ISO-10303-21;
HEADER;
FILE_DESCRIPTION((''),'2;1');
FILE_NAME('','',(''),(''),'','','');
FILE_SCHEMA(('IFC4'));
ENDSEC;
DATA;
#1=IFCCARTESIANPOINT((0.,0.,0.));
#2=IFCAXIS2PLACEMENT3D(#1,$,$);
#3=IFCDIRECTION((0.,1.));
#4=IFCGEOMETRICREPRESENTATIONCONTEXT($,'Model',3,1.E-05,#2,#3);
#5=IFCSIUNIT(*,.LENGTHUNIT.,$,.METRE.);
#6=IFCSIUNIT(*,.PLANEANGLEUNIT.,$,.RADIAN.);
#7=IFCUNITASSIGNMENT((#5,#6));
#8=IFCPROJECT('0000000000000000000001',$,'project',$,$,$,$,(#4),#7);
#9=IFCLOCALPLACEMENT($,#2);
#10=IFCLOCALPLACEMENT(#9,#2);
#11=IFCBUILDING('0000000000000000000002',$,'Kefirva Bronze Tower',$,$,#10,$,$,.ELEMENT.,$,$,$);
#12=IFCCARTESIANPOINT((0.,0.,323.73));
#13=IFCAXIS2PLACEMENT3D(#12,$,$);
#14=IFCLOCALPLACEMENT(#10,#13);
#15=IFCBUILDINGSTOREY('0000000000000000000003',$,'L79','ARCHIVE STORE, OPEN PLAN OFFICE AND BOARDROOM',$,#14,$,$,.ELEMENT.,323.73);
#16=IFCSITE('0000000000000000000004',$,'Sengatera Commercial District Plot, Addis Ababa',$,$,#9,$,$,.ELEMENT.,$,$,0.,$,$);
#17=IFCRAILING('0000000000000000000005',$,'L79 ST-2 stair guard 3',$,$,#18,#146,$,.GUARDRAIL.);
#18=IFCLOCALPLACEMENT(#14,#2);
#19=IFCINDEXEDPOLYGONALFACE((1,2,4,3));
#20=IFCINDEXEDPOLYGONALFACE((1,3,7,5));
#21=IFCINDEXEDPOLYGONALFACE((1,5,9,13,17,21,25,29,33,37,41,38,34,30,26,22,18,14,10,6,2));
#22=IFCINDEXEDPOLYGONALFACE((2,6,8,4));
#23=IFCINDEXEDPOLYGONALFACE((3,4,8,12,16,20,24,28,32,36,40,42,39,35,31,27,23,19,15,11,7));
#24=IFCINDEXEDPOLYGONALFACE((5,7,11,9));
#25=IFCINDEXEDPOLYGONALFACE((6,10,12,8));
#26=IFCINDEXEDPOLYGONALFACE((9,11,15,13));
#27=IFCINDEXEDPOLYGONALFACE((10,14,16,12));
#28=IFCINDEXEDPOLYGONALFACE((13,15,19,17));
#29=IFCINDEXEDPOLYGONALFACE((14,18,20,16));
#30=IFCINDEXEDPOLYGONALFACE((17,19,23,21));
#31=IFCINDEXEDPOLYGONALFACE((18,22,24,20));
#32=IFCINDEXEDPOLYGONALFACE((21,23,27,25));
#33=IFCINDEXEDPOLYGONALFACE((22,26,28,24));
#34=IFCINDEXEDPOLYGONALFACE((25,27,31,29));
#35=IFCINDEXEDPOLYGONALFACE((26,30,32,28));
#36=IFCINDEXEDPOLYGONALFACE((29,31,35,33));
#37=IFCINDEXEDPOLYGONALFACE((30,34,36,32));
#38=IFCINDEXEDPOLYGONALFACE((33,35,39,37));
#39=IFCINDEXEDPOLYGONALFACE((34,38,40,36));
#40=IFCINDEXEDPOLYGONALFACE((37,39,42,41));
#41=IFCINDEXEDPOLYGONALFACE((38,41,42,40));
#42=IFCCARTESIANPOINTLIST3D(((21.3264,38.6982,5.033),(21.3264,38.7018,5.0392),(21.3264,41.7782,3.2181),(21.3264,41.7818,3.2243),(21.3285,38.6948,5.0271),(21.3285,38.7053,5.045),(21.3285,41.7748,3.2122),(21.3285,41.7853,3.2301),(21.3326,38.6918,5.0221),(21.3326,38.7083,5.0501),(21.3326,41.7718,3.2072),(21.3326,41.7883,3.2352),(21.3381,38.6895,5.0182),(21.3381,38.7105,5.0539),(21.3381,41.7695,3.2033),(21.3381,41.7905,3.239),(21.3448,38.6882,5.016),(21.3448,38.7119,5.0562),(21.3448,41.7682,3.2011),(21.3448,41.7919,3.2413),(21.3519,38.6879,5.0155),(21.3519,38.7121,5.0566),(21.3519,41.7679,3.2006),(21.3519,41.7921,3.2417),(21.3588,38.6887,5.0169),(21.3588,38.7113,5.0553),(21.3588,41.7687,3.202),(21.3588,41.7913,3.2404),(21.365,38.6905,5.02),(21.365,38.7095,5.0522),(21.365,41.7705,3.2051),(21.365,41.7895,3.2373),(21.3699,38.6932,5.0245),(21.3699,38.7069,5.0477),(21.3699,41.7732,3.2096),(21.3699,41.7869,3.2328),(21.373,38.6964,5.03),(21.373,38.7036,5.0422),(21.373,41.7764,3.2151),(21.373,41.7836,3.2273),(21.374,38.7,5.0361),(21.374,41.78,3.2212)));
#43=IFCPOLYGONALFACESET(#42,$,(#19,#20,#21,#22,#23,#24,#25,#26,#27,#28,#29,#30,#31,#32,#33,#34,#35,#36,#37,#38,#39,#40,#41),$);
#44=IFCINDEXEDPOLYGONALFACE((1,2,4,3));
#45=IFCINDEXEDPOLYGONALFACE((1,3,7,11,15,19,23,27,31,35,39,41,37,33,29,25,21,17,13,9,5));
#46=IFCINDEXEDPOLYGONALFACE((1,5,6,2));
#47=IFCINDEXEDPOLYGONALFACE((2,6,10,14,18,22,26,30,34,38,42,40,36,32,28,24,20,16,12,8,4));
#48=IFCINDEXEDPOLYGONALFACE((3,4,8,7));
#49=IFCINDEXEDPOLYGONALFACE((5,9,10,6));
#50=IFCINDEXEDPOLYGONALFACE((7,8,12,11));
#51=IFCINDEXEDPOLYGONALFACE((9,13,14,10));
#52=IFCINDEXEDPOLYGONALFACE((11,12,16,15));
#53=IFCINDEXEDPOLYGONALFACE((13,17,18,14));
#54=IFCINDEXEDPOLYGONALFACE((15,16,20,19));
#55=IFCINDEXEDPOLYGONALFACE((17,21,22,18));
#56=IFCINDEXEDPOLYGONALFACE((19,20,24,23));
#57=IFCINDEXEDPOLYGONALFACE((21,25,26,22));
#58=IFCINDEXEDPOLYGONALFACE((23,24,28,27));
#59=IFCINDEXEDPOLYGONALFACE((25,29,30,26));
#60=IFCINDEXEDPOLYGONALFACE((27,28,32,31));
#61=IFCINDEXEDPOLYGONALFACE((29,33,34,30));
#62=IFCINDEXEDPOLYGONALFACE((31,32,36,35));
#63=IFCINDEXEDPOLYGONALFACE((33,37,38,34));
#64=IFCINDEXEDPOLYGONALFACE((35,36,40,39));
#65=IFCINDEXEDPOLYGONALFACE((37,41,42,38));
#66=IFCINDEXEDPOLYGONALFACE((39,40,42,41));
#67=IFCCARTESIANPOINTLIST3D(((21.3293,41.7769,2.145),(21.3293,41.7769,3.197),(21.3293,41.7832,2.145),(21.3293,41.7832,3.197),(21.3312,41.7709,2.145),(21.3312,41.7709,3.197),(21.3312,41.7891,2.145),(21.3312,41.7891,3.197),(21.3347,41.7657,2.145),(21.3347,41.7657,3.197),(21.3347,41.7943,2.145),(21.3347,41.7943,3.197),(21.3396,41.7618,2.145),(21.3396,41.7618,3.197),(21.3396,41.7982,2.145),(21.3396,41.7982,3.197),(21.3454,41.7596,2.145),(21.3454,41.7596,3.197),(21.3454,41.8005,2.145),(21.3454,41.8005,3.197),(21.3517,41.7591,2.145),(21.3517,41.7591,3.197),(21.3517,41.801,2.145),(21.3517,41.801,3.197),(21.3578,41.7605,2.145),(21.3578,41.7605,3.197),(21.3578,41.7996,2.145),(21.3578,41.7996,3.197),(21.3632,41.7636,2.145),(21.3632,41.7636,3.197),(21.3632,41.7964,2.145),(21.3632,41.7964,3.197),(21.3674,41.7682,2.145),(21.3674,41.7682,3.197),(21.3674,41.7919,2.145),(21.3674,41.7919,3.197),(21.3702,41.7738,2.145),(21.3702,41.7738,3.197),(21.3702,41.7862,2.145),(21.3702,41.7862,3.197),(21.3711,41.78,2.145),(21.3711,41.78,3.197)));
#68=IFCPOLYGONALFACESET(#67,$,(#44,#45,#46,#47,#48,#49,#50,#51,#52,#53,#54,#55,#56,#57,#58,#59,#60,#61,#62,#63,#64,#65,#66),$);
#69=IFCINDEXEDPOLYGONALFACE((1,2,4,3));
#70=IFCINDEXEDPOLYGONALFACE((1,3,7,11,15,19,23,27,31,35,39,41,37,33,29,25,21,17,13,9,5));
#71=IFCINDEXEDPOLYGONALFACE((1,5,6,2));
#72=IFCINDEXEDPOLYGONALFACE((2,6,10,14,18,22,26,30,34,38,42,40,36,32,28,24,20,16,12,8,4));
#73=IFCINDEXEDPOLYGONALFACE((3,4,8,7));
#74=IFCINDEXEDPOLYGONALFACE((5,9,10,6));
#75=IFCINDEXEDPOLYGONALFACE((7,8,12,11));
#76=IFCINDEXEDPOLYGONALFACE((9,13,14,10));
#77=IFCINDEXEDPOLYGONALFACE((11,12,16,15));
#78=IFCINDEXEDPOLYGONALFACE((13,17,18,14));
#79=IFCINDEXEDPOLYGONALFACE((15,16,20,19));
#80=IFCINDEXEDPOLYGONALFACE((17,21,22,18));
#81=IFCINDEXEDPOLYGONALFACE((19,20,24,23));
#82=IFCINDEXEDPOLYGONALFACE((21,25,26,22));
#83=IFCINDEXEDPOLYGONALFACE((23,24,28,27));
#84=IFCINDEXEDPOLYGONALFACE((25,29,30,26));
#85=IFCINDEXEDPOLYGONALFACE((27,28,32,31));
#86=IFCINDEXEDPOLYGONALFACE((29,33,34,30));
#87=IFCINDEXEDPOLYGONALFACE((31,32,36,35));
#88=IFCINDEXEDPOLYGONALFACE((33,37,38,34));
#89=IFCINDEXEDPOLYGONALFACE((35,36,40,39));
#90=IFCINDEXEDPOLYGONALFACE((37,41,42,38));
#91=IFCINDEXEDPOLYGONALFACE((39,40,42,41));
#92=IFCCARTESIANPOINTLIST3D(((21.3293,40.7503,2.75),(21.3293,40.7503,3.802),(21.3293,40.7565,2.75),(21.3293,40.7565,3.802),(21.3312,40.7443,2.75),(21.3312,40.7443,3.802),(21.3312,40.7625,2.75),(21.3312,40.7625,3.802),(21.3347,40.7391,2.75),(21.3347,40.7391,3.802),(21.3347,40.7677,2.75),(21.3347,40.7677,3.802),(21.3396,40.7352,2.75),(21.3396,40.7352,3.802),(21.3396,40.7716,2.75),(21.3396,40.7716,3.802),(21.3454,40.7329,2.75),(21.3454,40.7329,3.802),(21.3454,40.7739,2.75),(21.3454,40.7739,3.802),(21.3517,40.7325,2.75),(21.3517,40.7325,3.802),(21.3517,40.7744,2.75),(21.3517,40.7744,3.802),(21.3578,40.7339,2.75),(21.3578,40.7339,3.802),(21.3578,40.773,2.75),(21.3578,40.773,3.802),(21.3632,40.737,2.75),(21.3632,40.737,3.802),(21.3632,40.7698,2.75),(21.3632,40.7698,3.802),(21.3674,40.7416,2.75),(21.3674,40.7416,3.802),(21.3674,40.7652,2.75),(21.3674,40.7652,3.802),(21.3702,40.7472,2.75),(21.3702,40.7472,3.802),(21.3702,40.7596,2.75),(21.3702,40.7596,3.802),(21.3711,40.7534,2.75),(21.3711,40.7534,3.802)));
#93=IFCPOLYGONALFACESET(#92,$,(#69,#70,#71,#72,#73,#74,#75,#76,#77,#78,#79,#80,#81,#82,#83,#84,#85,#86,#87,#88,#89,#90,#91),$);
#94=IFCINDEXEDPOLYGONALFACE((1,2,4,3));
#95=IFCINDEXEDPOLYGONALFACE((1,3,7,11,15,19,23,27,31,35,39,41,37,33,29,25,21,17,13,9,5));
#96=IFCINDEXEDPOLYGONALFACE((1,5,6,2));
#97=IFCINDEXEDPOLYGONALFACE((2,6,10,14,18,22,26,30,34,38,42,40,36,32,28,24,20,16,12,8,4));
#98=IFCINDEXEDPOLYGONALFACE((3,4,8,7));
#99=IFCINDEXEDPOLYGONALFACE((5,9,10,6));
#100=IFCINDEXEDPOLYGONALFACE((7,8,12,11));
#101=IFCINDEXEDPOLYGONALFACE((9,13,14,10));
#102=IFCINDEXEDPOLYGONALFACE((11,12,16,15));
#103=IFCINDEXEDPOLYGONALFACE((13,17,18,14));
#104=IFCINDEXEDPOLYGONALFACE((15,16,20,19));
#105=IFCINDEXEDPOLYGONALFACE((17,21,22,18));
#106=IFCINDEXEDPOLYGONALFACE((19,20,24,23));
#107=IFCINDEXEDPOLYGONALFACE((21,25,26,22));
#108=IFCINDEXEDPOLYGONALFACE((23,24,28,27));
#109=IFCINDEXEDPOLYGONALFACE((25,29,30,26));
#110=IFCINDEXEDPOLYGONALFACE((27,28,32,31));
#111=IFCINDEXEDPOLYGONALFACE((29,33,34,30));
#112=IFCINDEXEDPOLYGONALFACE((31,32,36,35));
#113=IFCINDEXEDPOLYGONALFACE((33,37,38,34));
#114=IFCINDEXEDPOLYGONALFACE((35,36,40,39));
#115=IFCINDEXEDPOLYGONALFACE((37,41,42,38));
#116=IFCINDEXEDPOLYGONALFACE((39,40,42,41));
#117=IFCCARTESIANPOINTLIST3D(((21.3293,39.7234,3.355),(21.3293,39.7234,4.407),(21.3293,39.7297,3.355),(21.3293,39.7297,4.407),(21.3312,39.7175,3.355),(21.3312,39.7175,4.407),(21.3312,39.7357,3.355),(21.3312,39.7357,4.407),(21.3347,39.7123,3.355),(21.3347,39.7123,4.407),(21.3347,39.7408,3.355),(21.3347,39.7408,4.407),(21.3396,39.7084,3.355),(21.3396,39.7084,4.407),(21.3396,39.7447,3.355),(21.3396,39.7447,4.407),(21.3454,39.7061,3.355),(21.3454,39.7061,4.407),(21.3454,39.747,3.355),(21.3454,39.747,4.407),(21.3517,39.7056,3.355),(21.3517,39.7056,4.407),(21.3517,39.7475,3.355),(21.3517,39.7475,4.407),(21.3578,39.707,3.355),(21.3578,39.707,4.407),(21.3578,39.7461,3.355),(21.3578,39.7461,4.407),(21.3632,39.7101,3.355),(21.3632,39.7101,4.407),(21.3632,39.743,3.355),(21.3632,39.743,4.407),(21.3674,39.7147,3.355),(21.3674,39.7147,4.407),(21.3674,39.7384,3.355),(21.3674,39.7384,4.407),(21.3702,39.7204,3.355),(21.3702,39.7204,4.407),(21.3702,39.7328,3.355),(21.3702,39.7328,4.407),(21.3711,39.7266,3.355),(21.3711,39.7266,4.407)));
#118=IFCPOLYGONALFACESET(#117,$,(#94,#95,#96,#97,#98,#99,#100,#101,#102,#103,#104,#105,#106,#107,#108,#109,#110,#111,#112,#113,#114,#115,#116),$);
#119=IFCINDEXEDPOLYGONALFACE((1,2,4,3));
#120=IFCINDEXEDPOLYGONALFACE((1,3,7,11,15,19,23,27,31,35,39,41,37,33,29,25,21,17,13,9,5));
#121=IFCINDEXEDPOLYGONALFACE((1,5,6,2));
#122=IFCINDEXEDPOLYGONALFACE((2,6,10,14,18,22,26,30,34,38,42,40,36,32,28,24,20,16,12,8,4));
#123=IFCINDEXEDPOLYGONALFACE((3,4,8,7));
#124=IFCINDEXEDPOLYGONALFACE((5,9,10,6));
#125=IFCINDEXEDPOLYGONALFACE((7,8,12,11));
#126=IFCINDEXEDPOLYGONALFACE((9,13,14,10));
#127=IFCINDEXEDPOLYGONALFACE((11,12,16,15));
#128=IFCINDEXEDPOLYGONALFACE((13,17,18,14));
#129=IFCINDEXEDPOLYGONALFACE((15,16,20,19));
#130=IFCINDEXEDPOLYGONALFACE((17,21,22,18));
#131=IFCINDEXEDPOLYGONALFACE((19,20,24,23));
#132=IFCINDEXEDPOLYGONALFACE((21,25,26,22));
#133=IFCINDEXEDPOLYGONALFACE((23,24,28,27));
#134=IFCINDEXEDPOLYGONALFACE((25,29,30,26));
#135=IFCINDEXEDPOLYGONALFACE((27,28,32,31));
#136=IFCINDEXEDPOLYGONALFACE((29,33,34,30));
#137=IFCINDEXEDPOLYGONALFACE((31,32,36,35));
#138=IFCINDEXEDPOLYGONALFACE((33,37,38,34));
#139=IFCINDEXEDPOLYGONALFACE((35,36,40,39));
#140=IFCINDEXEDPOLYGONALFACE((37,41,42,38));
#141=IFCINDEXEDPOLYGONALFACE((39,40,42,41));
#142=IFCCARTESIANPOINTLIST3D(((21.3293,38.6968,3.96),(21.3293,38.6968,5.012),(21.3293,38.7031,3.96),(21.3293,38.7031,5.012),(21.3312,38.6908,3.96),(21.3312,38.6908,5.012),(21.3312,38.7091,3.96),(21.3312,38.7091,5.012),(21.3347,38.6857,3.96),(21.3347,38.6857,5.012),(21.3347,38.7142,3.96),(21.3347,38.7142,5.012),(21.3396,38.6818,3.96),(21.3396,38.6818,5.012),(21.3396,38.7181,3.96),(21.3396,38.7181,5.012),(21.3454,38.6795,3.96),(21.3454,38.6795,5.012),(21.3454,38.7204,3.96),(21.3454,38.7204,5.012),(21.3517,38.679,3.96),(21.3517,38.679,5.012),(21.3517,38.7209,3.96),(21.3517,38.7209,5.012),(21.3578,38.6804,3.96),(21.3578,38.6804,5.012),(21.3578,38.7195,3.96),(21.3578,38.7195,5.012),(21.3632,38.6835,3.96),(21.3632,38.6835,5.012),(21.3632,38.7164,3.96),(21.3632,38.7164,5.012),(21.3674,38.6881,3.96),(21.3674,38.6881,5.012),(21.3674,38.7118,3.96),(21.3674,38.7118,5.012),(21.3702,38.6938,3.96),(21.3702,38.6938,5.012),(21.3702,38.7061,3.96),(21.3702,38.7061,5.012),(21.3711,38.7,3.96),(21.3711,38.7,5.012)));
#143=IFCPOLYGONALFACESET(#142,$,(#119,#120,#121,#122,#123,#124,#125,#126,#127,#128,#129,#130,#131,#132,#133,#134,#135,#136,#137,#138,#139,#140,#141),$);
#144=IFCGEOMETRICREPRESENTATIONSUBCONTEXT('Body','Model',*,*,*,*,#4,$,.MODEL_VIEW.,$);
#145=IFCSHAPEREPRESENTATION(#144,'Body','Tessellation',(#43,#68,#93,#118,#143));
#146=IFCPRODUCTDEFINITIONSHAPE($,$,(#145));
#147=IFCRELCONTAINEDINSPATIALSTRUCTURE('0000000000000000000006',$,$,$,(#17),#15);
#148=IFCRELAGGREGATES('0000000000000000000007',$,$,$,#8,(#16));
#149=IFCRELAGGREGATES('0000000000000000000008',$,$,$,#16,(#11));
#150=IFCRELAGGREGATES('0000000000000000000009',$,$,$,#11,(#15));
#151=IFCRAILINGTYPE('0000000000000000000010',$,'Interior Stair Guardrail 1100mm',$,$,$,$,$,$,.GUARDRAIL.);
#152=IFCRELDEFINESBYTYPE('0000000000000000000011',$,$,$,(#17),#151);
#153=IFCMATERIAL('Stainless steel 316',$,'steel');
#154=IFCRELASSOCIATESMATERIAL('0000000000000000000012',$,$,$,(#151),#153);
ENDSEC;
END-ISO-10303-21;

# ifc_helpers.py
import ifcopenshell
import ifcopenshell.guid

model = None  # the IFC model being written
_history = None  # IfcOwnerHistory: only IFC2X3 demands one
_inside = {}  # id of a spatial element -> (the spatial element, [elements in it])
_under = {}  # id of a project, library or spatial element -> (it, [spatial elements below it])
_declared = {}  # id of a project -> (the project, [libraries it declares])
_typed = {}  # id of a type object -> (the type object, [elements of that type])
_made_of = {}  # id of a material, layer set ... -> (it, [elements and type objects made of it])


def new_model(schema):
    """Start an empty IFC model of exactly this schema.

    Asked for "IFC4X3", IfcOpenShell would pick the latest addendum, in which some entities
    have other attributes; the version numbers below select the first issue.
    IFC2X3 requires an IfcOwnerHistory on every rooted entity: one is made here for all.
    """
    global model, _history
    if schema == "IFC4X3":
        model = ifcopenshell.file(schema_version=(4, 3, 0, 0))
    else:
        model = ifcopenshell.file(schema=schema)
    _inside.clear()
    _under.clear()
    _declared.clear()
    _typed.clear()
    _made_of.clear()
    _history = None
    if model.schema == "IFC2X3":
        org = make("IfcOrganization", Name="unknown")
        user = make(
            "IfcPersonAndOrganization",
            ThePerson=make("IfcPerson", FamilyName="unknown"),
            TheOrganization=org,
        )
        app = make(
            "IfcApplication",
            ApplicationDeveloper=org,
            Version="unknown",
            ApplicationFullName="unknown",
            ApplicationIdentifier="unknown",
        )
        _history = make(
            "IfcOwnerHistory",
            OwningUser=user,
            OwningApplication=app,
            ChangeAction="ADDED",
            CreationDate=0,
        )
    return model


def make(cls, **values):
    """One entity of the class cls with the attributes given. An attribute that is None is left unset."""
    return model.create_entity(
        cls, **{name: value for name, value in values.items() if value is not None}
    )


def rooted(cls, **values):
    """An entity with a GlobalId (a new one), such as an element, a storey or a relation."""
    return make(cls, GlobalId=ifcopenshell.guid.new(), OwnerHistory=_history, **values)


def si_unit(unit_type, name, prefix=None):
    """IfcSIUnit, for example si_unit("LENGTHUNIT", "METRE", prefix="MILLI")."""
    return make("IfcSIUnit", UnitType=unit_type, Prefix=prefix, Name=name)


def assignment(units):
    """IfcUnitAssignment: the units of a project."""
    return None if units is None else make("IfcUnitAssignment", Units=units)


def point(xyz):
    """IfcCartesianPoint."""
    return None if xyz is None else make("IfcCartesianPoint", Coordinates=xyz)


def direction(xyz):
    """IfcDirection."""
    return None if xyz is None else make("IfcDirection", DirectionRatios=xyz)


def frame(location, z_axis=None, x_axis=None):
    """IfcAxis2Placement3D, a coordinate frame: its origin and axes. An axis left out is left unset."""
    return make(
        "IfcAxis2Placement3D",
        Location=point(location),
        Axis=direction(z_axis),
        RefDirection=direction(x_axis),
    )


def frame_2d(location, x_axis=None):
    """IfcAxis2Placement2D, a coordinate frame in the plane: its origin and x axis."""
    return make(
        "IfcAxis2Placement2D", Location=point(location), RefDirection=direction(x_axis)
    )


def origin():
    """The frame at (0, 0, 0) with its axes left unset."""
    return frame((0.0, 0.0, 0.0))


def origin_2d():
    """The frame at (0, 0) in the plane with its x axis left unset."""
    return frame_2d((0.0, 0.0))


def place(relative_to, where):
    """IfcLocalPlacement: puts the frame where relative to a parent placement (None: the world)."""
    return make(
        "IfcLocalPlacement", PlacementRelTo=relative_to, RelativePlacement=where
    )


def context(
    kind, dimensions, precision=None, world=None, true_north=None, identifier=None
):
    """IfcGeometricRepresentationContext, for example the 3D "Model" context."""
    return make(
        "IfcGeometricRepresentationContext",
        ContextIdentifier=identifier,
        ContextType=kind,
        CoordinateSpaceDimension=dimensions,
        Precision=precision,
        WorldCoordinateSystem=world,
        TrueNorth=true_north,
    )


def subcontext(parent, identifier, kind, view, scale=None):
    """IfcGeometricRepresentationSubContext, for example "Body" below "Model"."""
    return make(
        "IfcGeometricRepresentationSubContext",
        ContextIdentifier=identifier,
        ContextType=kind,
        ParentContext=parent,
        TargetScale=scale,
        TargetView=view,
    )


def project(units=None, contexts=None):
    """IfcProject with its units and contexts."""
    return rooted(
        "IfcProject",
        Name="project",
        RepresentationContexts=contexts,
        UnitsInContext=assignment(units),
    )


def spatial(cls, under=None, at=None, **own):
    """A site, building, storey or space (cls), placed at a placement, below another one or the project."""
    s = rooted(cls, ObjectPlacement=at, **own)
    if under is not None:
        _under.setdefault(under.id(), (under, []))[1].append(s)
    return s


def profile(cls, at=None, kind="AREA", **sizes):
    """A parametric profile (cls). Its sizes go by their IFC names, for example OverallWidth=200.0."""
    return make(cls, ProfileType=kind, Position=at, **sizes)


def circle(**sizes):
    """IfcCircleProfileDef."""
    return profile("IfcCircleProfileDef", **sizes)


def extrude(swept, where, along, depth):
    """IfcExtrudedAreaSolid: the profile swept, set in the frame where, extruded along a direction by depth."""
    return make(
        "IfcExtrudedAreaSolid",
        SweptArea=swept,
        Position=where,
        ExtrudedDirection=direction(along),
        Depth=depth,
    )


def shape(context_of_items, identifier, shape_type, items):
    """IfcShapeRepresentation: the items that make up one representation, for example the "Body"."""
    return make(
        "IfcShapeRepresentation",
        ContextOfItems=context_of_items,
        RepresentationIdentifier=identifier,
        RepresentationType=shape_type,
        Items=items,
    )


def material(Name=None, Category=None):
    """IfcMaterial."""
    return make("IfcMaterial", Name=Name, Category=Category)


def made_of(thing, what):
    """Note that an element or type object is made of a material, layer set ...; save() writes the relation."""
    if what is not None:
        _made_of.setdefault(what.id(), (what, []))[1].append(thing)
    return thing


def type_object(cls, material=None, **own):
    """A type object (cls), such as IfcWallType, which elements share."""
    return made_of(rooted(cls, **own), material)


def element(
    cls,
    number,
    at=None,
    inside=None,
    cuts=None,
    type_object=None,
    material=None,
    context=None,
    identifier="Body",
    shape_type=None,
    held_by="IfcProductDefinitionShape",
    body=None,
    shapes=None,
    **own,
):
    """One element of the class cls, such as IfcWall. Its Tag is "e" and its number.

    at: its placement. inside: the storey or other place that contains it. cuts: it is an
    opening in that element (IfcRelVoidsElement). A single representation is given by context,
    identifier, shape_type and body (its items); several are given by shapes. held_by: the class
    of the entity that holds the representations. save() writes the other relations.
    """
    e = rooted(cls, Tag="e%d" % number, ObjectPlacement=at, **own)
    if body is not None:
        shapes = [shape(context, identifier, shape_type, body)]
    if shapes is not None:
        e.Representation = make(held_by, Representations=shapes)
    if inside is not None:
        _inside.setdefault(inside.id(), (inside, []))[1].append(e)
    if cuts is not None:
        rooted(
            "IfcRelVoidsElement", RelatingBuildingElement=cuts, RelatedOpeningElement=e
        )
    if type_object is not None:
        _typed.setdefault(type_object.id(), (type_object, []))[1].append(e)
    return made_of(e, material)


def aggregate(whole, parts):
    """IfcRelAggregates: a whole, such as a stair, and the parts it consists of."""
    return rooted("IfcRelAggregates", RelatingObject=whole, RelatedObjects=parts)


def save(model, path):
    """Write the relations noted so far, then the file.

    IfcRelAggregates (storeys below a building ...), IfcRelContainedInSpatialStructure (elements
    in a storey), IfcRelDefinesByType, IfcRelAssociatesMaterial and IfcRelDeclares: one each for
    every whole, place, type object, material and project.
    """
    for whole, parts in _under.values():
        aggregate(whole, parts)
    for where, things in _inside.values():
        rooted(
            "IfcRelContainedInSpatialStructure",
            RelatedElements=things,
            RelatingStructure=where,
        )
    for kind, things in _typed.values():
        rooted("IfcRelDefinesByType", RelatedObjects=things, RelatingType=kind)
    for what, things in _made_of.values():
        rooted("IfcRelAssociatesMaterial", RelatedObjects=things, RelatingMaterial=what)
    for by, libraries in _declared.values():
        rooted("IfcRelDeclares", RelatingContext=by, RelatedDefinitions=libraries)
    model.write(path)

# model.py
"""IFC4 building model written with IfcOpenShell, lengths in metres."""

from ifc_helpers import new_model, si_unit, direction, frame, origin, origin_2d, place, context, subcontext, project, spatial, circle, extrude, material, type_object, element, save


model = new_model("IFC4")

# Units and contexts
model_context = context("Model", 3, precision=1e-05, world=origin(), true_north=direction((0.0, 1.0)))
body_context = subcontext(model_context, "Body", "Model", "MODEL_VIEW")
ifc_project = project(units=[si_unit("LENGTHUNIT", "METRE"), si_unit("PLANEANGLEUNIT", "RADIAN")], contexts=[model_context])

# Site, building, storey
site_placement = place(None, origin())
site = spatial("IfcSite", under=ifc_project, at=site_placement, Name="Sengatera Commercial District Plot, Addis Ababa", CompositionType="ELEMENT", RefElevation=0.0)
building_placement = place(site_placement, origin())
building = spatial("IfcBuilding", under=site, at=building_placement, Name="Kefirva Bronze Tower", CompositionType="ELEMENT")
storey_placement = place(building_placement, frame((0.0, 0.0, 323.73)))
storey = spatial("IfcBuildingStorey", under=building, at=storey_placement, Name="L79", Description="ARCHIVE STORE, OPEN PLAN OFFICE AND BOARDROOM", CompositionType="ELEMENT", Elevation=323.73)

# Shared definitions
ifc_material_1 = material(Name="Stainless steel 316", Category="steel")

# Railing
railing_type_1 = type_object("IfcRailingType", Name="Interior Stair Guardrail 1100mm", PredefinedType="GUARDRAIL", material=ifc_material_1)
railing_1_placement = place(storey_placement, frame((21.3501, 41.78, 2.145)))
element("IfcRailing", 1, at=railing_1_placement, inside=storey, type_object=railing_type_1, Name="L79 ST-2 stair guard 3", PredefinedType="GUARDRAIL", context=body_context, shape_type="SweptSolid", body=[
    extrude(circle(Radius=0.0239, at=origin_2d()), frame((0.0, 0.0, 1.0762), z_axis=(0.0, -0.861551, 0.507671), x_axis=(1.0, 0.0, 0.0)), (0.0, 0.0, 1.0), 3.575),
    extrude(circle(Radius=0.021, at=origin_2d()), origin(), (0.0, 0.0, 1.0), 1.052),
    extrude(circle(Radius=0.021, at=origin_2d()), frame((0.0, -1.0266, 0.605)), (0.0, 0.0, 1.0), 1.052),
    extrude(circle(Radius=0.021, at=origin_2d()), frame((0.0, -2.0535, 1.21)), (0.0, 0.0, 1.0), 1.052),
    extrude(circle(Radius=0.021, at=origin_2d()), frame((0.0, -3.0801, 1.8149)), (0.0, 0.0, 1.0), 1.052),
])

save(model, "model.ifc")
